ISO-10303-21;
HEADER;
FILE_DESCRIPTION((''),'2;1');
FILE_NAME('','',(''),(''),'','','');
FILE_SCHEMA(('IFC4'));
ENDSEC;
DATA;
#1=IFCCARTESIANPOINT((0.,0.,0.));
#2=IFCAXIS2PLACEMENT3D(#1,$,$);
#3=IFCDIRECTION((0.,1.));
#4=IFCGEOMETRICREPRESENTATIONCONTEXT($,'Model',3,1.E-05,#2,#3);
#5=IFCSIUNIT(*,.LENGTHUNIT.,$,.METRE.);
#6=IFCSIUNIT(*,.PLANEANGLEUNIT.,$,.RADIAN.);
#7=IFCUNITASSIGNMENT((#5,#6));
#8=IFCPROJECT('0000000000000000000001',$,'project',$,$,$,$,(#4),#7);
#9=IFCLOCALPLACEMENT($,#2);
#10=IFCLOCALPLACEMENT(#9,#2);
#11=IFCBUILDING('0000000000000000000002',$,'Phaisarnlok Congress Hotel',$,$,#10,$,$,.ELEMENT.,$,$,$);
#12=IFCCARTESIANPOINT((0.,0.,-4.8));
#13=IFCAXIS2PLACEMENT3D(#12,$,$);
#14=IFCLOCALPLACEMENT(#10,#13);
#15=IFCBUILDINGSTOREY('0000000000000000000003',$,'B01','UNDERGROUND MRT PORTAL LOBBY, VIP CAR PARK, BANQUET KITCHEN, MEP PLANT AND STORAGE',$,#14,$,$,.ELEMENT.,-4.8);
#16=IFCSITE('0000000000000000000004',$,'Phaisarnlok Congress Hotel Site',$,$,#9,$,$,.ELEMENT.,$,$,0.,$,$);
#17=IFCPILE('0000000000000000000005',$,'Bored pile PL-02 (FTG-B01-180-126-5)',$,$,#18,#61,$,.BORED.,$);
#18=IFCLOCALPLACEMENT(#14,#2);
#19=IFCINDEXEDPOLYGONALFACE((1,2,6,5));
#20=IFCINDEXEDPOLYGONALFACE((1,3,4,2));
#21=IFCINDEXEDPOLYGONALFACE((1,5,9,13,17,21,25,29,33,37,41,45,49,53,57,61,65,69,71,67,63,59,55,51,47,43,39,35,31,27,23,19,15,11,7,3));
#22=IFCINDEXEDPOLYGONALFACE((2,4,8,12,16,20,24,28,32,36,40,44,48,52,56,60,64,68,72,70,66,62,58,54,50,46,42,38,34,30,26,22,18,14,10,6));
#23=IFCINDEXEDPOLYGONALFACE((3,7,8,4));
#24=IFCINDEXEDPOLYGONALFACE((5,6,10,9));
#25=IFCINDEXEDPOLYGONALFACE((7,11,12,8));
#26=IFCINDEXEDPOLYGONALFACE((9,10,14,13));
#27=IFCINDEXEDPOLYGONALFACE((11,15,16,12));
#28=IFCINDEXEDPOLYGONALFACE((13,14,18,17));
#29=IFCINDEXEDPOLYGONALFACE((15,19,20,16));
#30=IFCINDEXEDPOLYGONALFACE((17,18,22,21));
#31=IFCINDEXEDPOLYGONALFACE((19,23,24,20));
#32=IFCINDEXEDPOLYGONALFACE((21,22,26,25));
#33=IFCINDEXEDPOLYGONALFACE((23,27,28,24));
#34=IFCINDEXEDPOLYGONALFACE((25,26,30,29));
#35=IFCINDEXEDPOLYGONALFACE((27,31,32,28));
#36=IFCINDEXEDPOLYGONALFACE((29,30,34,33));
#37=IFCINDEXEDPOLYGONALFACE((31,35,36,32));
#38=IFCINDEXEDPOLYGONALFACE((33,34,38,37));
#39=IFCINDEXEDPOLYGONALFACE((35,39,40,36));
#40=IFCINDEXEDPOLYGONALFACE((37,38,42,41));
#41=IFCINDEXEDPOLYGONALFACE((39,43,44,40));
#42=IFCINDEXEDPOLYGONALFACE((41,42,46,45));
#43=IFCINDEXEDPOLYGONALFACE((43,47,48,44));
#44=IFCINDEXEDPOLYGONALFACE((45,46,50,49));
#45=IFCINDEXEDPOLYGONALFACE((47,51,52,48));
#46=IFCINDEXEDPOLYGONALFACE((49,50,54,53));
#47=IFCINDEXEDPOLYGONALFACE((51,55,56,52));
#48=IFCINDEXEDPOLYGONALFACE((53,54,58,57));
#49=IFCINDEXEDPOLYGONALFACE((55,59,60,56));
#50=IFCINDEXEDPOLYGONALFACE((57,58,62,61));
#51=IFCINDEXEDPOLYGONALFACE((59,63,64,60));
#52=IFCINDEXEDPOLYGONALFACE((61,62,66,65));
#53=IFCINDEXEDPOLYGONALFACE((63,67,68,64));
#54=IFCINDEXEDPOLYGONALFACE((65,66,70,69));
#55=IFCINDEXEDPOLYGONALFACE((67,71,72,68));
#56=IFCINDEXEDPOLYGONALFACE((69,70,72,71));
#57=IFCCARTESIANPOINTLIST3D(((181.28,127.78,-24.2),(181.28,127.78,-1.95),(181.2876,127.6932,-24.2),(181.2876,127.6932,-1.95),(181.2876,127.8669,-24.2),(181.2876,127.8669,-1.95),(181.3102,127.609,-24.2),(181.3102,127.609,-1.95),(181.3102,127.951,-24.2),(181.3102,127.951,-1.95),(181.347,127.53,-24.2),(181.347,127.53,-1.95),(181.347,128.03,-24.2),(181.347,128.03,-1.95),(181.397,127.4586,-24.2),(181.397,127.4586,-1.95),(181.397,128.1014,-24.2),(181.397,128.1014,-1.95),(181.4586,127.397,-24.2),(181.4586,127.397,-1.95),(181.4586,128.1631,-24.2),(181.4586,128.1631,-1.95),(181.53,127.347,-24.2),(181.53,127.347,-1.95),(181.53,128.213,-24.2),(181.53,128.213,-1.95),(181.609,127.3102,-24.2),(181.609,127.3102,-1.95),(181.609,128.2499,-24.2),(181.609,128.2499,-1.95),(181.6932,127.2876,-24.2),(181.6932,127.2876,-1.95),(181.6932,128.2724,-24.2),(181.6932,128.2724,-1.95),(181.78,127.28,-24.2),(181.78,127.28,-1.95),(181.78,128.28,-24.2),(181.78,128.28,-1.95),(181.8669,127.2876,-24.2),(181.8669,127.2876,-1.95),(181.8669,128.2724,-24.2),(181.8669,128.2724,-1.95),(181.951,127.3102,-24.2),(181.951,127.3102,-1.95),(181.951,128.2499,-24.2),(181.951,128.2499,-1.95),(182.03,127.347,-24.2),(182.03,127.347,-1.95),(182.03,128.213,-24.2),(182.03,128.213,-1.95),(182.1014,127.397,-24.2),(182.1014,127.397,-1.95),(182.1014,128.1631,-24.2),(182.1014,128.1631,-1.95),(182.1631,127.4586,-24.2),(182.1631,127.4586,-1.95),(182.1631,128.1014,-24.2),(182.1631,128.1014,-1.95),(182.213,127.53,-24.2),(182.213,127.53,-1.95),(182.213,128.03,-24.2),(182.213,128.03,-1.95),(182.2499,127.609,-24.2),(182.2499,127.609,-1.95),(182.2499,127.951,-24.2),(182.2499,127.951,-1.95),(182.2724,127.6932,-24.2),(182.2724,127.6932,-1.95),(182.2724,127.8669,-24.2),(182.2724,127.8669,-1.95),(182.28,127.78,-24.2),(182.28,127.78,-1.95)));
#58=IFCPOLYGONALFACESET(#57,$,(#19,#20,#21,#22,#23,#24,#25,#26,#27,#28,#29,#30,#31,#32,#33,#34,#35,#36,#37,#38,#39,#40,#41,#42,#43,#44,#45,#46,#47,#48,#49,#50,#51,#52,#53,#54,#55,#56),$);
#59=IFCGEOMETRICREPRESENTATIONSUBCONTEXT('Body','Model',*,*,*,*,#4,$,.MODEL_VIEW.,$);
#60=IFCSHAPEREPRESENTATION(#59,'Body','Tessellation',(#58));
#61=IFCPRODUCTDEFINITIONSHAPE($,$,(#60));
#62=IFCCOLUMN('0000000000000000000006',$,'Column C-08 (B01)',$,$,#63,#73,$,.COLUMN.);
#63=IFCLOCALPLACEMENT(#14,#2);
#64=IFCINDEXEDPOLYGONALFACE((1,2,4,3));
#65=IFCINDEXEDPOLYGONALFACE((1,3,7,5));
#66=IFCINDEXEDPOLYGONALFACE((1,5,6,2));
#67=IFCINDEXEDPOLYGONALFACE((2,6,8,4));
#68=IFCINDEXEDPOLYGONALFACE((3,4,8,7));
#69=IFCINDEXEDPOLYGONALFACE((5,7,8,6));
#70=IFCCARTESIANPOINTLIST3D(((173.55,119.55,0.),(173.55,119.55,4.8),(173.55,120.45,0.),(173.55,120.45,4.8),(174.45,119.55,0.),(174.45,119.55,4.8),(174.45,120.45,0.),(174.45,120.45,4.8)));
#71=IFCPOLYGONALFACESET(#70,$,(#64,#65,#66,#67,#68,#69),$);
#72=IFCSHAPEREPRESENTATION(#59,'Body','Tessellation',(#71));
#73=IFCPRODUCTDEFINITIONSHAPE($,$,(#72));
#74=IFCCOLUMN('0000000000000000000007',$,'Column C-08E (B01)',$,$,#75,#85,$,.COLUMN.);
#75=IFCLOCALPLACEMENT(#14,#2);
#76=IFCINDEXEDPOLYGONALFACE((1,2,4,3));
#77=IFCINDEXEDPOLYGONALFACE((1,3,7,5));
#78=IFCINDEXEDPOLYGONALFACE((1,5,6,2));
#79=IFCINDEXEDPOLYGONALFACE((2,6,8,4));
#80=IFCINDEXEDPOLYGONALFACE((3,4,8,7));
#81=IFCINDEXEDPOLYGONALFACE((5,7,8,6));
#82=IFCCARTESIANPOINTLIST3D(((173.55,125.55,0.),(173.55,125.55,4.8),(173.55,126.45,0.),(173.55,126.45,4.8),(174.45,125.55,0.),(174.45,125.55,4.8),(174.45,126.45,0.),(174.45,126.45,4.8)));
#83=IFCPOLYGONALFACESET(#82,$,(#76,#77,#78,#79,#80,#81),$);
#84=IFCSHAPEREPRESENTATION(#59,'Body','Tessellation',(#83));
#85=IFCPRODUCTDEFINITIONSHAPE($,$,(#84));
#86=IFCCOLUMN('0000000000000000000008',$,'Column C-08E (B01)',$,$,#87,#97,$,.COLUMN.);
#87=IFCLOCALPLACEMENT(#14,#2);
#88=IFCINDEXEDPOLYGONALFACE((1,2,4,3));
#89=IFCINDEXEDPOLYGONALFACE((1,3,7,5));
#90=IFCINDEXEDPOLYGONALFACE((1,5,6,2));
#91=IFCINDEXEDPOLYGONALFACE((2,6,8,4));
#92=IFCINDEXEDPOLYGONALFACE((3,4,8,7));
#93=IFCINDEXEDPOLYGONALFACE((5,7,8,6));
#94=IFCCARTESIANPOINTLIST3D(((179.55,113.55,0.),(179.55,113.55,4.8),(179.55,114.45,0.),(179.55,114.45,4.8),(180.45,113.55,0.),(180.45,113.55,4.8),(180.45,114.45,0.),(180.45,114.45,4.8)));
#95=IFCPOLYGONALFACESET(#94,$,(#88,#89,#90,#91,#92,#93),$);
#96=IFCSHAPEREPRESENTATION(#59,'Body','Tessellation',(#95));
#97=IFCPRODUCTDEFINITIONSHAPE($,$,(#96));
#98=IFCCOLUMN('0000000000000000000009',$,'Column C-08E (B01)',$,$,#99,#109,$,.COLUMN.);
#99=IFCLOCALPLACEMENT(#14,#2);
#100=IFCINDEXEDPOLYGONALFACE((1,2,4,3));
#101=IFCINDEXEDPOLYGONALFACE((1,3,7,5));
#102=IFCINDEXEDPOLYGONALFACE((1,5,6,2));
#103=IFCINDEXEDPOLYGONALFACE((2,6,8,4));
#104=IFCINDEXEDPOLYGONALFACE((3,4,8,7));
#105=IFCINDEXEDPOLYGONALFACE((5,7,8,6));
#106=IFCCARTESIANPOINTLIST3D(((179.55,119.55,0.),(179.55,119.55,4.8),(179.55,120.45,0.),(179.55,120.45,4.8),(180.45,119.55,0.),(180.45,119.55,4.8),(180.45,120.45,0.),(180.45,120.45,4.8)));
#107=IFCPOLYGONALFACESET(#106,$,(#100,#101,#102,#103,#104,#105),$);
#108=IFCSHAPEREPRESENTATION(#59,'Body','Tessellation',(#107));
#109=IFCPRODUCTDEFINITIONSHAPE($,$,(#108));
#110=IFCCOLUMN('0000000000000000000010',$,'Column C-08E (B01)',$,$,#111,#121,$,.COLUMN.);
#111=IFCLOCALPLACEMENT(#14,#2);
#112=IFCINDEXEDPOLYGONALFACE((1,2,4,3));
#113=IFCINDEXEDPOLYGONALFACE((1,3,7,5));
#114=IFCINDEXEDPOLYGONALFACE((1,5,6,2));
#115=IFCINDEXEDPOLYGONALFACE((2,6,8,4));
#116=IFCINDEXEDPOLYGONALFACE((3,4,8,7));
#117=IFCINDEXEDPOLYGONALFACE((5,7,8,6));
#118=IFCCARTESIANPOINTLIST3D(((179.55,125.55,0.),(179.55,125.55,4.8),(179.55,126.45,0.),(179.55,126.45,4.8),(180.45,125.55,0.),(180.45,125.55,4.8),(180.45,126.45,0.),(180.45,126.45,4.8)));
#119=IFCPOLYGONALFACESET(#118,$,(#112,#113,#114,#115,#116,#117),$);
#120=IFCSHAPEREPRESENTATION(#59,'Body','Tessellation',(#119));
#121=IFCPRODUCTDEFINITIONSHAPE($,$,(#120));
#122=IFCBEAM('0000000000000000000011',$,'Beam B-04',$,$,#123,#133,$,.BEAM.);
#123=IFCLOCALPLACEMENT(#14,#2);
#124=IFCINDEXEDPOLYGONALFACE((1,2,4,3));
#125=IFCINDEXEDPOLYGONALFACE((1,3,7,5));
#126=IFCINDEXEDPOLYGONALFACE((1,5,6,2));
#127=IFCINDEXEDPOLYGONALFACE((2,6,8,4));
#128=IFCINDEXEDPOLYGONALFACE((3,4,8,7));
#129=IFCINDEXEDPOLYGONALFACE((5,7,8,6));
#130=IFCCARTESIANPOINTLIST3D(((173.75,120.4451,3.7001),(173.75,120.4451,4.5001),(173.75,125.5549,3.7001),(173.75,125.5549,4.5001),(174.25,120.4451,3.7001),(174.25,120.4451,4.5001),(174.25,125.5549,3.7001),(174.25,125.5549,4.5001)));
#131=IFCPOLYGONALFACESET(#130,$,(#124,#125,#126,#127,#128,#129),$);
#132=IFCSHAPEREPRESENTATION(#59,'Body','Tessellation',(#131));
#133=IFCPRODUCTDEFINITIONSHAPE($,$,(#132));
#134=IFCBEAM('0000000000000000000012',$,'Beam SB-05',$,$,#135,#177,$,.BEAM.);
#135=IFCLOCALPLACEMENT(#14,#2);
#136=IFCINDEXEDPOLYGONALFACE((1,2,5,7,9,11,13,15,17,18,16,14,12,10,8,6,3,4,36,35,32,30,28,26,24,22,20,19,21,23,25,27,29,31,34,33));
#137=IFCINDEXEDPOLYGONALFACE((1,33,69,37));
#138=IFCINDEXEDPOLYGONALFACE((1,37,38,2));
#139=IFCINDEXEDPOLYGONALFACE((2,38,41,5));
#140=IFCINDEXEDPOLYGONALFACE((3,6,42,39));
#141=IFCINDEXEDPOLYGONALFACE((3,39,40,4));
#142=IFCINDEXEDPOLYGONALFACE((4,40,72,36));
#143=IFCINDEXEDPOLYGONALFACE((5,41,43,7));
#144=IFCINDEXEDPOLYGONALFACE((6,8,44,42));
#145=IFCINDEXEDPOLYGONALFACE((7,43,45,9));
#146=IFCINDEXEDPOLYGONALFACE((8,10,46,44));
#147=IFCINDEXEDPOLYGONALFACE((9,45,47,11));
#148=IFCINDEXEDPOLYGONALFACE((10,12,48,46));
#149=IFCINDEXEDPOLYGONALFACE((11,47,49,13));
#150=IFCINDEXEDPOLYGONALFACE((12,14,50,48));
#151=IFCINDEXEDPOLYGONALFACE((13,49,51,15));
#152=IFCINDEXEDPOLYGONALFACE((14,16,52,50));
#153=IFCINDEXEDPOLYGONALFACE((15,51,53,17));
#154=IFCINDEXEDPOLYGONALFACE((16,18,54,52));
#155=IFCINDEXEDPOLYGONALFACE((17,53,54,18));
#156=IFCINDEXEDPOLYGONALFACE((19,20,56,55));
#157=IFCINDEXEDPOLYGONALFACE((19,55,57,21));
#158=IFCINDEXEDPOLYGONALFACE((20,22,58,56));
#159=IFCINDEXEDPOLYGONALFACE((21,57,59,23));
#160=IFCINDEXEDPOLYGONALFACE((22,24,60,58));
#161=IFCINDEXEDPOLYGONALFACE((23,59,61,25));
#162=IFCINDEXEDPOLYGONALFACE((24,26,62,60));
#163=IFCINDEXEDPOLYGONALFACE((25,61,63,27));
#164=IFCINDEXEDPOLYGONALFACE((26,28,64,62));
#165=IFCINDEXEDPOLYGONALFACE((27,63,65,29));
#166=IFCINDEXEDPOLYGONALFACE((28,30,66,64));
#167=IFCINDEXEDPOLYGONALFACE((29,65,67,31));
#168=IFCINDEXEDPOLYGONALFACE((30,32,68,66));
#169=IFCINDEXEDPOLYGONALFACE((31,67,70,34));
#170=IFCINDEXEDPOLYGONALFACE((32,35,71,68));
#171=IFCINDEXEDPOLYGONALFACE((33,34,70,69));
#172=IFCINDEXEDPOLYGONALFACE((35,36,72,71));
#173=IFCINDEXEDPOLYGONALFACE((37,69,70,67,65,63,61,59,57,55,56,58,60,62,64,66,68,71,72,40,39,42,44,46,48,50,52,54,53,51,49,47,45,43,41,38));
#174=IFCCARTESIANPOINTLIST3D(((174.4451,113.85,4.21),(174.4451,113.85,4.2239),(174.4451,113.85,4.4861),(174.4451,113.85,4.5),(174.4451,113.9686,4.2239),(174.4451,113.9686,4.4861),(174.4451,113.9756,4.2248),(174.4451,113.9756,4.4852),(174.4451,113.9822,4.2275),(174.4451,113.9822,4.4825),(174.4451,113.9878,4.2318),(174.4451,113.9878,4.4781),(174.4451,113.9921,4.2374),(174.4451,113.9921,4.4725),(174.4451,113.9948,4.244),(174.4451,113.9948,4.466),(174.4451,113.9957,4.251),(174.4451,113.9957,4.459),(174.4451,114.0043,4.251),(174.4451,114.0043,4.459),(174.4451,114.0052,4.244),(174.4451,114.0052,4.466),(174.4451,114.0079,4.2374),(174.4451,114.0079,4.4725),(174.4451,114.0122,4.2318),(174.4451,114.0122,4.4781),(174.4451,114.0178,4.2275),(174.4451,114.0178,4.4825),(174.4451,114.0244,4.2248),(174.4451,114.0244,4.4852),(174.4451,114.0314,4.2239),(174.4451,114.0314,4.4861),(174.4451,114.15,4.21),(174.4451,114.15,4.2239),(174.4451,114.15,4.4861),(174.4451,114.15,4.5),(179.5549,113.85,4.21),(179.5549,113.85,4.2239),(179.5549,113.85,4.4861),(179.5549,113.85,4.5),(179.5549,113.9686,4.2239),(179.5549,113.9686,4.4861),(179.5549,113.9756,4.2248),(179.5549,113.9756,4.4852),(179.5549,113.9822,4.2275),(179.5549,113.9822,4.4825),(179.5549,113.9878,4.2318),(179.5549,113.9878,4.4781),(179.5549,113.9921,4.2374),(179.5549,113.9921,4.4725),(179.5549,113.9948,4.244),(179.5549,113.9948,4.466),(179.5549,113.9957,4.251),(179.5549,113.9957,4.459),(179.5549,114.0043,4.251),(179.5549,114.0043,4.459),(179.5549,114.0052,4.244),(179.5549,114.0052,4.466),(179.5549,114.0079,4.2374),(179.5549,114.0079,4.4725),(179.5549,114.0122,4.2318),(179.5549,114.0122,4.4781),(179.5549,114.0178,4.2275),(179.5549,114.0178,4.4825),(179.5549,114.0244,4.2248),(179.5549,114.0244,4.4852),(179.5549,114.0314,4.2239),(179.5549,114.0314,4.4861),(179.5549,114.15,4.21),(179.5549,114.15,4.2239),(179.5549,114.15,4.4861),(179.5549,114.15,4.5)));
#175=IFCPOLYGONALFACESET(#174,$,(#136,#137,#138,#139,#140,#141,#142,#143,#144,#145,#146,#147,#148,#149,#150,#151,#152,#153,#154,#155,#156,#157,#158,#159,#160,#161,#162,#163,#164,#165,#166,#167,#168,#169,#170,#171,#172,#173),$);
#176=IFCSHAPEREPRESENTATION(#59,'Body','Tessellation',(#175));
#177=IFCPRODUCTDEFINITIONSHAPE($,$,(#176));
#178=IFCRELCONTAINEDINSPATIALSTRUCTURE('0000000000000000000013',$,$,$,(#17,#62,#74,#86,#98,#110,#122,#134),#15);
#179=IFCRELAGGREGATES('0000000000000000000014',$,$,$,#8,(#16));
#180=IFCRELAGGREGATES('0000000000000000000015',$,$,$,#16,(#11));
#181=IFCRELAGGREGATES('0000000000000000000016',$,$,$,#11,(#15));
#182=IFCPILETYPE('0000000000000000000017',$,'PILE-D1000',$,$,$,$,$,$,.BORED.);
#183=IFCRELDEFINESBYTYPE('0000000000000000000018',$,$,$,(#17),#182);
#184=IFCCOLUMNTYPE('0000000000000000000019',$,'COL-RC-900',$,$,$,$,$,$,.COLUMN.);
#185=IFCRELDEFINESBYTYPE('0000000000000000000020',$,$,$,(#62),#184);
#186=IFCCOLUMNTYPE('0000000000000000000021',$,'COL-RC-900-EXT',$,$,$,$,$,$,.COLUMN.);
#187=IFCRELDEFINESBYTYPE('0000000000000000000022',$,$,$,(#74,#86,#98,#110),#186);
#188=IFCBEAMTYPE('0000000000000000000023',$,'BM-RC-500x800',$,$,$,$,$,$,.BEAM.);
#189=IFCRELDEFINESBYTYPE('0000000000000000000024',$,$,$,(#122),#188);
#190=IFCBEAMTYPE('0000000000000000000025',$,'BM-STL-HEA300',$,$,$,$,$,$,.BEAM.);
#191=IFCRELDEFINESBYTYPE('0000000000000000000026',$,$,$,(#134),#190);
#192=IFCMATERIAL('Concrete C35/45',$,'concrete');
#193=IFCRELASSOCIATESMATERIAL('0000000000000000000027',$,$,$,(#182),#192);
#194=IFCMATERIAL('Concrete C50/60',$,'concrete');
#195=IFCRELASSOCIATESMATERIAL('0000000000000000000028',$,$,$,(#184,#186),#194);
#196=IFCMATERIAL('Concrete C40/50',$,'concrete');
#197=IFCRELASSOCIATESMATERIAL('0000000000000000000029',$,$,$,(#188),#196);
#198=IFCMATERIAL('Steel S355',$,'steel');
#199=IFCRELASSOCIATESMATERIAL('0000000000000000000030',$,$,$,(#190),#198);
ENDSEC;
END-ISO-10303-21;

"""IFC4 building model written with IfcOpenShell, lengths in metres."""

from ifc_helpers import new_model, si_unit, direction, frame, origin, origin_2d, place, context, subcontext, project, spatial, rectangle, circle, i_section, extrude, material, material_profile, profile_set, type_object, element, save


model = new_model("IFC4")

# Units and contexts
model_context = context("Model", 3, precision=1e-05, world=origin(), true_north=direction((0.0, 1.0)))
body_context = subcontext(model_context, "Body", "Model", "MODEL_VIEW")
ifc_project = project(units=[si_unit("LENGTHUNIT", "METRE"), si_unit("PLANEANGLEUNIT", "RADIAN")], contexts=[model_context])

# Site, building, storey
site_placement = place(None, origin())
site = spatial("IfcSite", under=ifc_project, at=site_placement, Name="Phaisarnlok Congress Hotel Site", CompositionType="ELEMENT", RefElevation=0.0)
building_placement = place(site_placement, origin())
building = spatial("IfcBuilding", under=site, at=building_placement, Name="Phaisarnlok Congress Hotel", CompositionType="ELEMENT")
storey_placement = place(building_placement, frame((0.0, 0.0, -4.8)))
storey = spatial("IfcBuildingStorey", under=building, at=storey_placement, Name="B01", Description="UNDERGROUND MRT PORTAL LOBBY, VIP CAR PARK, BANQUET KITCHEN, MEP PLANT AND STORAGE", CompositionType="ELEMENT", Elevation=-4.8)

# Shared definitions
ifc_material_1 = material(Name="Concrete C40/50", Category="concrete")

# Pile
ifc_material_2 = material(Name="Concrete C35/45", Category="concrete")
ifc_material_profile_1 = material_profile(ifc_material_2, circle(Radius=0.5, at=origin_2d()), Name="BORED PILE D1000")
ifc_profile_set_1 = profile_set([ifc_material_profile_1], Name="Concrete C35/45")
pile_type = type_object("IfcPileType", Name="PILE-D1000", PredefinedType="BORED", material=ifc_profile_set_1)
for number, where, z_axis, x_axis, name in (
    (1, (181.78, 127.78, -1.95), (0.0, 0.0, -1.0), (1.0, 0.0, 0.0), "Bored pile PL-02 (FTG-B01-180-126-5)"),
):
    element("IfcPile", number, at=place(storey_placement, frame(where, z_axis=z_axis, x_axis=x_axis)), inside=storey, type_object=pile_type, Name=name, PredefinedType="BORED", context=body_context, shape_type="SweptSolid", body=[
        extrude(circle(Radius=0.5, at=origin_2d()), origin(), (0.0, 0.0, 1.0), 22.25),
    ])

# Columns
ifc_material_3 = material(Name="Concrete C50/60", Category="concrete")
ifc_material_profile_2 = material_profile(ifc_material_3, rectangle(XDim=0.8999, YDim=0.8999, at=origin_2d()), Name="RC 900x900")
ifc_profile_set_2 = profile_set([ifc_material_profile_2], Name="Concrete C50/60")
column_type_1 = type_object("IfcColumnType", Name="COL-RC-900", PredefinedType="COLUMN", material=ifc_profile_set_2)
column_placement = place(storey_placement, frame((174.0, 120.0, 0.0), z_axis=(0.0, 0.0, 1.0), x_axis=(1.0, 0.0, 0.0)))
element("IfcColumn", 2, at=column_placement, inside=storey, type_object=column_type_1, Name="Column C-08 (B01)", PredefinedType="COLUMN", context=body_context, shape_type="SweptSolid", body=[
    extrude(rectangle(XDim=0.8999, YDim=0.8999, at=origin_2d()), origin(), (0.0, 0.0, 1.0), 4.8),
])
ifc_material_profile_3 = material_profile(ifc_material_3, rectangle(XDim=0.8999, YDim=0.8999, at=origin_2d()), Name="RC 900x900")
ifc_profile_set_3 = profile_set([ifc_material_profile_3], Name="Concrete C50/60")
column_type_2 = type_object("IfcColumnType", Name="COL-RC-900-EXT", PredefinedType="COLUMN", material=ifc_profile_set_3)
for number, where, z_axis, x_axis, name in (
    (3, (174.0, 126.0, 0.0), (0.0, 0.0, 1.0), (1.0, 0.0, 0.0), "Column C-08E (B01)"),
    (4, (180.0, 114.0, 0.0), (0.0, 0.0, 1.0), (1.0, 0.0, 0.0), "Column C-08E (B01)"),
    (5, (180.0, 120.0, 0.0), (0.0, 0.0, 1.0), (1.0, 0.0, 0.0), "Column C-08E (B01)"),
    (6, (180.0, 126.0, 0.0), (0.0, 0.0, 1.0), (1.0, 0.0, 0.0), "Column C-08E (B01)"),
):
    element("IfcColumn", number, at=place(storey_placement, frame(where, z_axis=z_axis, x_axis=x_axis)), inside=storey, type_object=column_type_2, Name=name, PredefinedType="COLUMN", context=body_context, shape_type="SweptSolid", body=[
        extrude(rectangle(XDim=0.8999, YDim=0.8999, at=origin_2d()), origin(), (0.0, 0.0, 1.0), 4.8),
    ])

# Beams
ifc_material_profile_4 = material_profile(ifc_material_1, rectangle(XDim=0.5, YDim=0.8, at=origin_2d()), Name="RC 500x800")
ifc_profile_set_4 = profile_set([ifc_material_profile_4], Name="Concrete C40/50")
beam_type_1 = type_object("IfcBeamType", Name="BM-RC-500x800", PredefinedType="BEAM", material=ifc_profile_set_4)
beam_1_placement = place(storey_placement, frame((174.0, 120.4451, 4.1001), z_axis=(0.0, 1.0, 0.0), x_axis=(-1.0, 0.0, 0.0)))
element("IfcBeam", 7, at=beam_1_placement, inside=storey, type_object=beam_type_1, Name="Beam B-04", PredefinedType="BEAM", context=body_context, shape_type="SweptSolid", body=[
    extrude(rectangle(XDim=0.5, YDim=0.8, at=origin_2d()), origin(), (0.0, 0.0, 1.0), 5.1099),
])
ifc_material_4 = material(Name="Steel S355", Category="steel")
ifc_material_profile_5 = material_profile(ifc_material_4, i_section(OverallWidth=0.3, OverallDepth=0.29, WebThickness=0.0085, FlangeThickness=0.0139, FilletRadius=0.0271, at=origin_2d()), Name="HEA 300")
ifc_profile_set_5 = profile_set([ifc_material_profile_5], Name="Steel S355")
beam_type_2 = type_object("IfcBeamType", Name="BM-STL-HEA300", PredefinedType="BEAM", material=ifc_profile_set_5)
for number, where, z_axis, x_axis, name in (
    (8, (174.4451, 114.0, 4.355), (1.0, 0.0, 0.0), (0.0, 1.0, 0.0), "Beam SB-05"),
):
    element("IfcBeam", number, at=place(storey_placement, frame(where, z_axis=z_axis, x_axis=x_axis)), inside=storey, type_object=beam_type_2, Name=name, PredefinedType="BEAM", context=body_context, shape_type="SweptSolid", body=[
        extrude(i_section(OverallWidth=0.3, OverallDepth=0.29, WebThickness=0.0085, FlangeThickness=0.0139, FilletRadius=0.0271, at=origin_2d()), origin(), (0.0, 0.0, 1.0), 5.1099),
    ])

save(model, "model.ifc")
